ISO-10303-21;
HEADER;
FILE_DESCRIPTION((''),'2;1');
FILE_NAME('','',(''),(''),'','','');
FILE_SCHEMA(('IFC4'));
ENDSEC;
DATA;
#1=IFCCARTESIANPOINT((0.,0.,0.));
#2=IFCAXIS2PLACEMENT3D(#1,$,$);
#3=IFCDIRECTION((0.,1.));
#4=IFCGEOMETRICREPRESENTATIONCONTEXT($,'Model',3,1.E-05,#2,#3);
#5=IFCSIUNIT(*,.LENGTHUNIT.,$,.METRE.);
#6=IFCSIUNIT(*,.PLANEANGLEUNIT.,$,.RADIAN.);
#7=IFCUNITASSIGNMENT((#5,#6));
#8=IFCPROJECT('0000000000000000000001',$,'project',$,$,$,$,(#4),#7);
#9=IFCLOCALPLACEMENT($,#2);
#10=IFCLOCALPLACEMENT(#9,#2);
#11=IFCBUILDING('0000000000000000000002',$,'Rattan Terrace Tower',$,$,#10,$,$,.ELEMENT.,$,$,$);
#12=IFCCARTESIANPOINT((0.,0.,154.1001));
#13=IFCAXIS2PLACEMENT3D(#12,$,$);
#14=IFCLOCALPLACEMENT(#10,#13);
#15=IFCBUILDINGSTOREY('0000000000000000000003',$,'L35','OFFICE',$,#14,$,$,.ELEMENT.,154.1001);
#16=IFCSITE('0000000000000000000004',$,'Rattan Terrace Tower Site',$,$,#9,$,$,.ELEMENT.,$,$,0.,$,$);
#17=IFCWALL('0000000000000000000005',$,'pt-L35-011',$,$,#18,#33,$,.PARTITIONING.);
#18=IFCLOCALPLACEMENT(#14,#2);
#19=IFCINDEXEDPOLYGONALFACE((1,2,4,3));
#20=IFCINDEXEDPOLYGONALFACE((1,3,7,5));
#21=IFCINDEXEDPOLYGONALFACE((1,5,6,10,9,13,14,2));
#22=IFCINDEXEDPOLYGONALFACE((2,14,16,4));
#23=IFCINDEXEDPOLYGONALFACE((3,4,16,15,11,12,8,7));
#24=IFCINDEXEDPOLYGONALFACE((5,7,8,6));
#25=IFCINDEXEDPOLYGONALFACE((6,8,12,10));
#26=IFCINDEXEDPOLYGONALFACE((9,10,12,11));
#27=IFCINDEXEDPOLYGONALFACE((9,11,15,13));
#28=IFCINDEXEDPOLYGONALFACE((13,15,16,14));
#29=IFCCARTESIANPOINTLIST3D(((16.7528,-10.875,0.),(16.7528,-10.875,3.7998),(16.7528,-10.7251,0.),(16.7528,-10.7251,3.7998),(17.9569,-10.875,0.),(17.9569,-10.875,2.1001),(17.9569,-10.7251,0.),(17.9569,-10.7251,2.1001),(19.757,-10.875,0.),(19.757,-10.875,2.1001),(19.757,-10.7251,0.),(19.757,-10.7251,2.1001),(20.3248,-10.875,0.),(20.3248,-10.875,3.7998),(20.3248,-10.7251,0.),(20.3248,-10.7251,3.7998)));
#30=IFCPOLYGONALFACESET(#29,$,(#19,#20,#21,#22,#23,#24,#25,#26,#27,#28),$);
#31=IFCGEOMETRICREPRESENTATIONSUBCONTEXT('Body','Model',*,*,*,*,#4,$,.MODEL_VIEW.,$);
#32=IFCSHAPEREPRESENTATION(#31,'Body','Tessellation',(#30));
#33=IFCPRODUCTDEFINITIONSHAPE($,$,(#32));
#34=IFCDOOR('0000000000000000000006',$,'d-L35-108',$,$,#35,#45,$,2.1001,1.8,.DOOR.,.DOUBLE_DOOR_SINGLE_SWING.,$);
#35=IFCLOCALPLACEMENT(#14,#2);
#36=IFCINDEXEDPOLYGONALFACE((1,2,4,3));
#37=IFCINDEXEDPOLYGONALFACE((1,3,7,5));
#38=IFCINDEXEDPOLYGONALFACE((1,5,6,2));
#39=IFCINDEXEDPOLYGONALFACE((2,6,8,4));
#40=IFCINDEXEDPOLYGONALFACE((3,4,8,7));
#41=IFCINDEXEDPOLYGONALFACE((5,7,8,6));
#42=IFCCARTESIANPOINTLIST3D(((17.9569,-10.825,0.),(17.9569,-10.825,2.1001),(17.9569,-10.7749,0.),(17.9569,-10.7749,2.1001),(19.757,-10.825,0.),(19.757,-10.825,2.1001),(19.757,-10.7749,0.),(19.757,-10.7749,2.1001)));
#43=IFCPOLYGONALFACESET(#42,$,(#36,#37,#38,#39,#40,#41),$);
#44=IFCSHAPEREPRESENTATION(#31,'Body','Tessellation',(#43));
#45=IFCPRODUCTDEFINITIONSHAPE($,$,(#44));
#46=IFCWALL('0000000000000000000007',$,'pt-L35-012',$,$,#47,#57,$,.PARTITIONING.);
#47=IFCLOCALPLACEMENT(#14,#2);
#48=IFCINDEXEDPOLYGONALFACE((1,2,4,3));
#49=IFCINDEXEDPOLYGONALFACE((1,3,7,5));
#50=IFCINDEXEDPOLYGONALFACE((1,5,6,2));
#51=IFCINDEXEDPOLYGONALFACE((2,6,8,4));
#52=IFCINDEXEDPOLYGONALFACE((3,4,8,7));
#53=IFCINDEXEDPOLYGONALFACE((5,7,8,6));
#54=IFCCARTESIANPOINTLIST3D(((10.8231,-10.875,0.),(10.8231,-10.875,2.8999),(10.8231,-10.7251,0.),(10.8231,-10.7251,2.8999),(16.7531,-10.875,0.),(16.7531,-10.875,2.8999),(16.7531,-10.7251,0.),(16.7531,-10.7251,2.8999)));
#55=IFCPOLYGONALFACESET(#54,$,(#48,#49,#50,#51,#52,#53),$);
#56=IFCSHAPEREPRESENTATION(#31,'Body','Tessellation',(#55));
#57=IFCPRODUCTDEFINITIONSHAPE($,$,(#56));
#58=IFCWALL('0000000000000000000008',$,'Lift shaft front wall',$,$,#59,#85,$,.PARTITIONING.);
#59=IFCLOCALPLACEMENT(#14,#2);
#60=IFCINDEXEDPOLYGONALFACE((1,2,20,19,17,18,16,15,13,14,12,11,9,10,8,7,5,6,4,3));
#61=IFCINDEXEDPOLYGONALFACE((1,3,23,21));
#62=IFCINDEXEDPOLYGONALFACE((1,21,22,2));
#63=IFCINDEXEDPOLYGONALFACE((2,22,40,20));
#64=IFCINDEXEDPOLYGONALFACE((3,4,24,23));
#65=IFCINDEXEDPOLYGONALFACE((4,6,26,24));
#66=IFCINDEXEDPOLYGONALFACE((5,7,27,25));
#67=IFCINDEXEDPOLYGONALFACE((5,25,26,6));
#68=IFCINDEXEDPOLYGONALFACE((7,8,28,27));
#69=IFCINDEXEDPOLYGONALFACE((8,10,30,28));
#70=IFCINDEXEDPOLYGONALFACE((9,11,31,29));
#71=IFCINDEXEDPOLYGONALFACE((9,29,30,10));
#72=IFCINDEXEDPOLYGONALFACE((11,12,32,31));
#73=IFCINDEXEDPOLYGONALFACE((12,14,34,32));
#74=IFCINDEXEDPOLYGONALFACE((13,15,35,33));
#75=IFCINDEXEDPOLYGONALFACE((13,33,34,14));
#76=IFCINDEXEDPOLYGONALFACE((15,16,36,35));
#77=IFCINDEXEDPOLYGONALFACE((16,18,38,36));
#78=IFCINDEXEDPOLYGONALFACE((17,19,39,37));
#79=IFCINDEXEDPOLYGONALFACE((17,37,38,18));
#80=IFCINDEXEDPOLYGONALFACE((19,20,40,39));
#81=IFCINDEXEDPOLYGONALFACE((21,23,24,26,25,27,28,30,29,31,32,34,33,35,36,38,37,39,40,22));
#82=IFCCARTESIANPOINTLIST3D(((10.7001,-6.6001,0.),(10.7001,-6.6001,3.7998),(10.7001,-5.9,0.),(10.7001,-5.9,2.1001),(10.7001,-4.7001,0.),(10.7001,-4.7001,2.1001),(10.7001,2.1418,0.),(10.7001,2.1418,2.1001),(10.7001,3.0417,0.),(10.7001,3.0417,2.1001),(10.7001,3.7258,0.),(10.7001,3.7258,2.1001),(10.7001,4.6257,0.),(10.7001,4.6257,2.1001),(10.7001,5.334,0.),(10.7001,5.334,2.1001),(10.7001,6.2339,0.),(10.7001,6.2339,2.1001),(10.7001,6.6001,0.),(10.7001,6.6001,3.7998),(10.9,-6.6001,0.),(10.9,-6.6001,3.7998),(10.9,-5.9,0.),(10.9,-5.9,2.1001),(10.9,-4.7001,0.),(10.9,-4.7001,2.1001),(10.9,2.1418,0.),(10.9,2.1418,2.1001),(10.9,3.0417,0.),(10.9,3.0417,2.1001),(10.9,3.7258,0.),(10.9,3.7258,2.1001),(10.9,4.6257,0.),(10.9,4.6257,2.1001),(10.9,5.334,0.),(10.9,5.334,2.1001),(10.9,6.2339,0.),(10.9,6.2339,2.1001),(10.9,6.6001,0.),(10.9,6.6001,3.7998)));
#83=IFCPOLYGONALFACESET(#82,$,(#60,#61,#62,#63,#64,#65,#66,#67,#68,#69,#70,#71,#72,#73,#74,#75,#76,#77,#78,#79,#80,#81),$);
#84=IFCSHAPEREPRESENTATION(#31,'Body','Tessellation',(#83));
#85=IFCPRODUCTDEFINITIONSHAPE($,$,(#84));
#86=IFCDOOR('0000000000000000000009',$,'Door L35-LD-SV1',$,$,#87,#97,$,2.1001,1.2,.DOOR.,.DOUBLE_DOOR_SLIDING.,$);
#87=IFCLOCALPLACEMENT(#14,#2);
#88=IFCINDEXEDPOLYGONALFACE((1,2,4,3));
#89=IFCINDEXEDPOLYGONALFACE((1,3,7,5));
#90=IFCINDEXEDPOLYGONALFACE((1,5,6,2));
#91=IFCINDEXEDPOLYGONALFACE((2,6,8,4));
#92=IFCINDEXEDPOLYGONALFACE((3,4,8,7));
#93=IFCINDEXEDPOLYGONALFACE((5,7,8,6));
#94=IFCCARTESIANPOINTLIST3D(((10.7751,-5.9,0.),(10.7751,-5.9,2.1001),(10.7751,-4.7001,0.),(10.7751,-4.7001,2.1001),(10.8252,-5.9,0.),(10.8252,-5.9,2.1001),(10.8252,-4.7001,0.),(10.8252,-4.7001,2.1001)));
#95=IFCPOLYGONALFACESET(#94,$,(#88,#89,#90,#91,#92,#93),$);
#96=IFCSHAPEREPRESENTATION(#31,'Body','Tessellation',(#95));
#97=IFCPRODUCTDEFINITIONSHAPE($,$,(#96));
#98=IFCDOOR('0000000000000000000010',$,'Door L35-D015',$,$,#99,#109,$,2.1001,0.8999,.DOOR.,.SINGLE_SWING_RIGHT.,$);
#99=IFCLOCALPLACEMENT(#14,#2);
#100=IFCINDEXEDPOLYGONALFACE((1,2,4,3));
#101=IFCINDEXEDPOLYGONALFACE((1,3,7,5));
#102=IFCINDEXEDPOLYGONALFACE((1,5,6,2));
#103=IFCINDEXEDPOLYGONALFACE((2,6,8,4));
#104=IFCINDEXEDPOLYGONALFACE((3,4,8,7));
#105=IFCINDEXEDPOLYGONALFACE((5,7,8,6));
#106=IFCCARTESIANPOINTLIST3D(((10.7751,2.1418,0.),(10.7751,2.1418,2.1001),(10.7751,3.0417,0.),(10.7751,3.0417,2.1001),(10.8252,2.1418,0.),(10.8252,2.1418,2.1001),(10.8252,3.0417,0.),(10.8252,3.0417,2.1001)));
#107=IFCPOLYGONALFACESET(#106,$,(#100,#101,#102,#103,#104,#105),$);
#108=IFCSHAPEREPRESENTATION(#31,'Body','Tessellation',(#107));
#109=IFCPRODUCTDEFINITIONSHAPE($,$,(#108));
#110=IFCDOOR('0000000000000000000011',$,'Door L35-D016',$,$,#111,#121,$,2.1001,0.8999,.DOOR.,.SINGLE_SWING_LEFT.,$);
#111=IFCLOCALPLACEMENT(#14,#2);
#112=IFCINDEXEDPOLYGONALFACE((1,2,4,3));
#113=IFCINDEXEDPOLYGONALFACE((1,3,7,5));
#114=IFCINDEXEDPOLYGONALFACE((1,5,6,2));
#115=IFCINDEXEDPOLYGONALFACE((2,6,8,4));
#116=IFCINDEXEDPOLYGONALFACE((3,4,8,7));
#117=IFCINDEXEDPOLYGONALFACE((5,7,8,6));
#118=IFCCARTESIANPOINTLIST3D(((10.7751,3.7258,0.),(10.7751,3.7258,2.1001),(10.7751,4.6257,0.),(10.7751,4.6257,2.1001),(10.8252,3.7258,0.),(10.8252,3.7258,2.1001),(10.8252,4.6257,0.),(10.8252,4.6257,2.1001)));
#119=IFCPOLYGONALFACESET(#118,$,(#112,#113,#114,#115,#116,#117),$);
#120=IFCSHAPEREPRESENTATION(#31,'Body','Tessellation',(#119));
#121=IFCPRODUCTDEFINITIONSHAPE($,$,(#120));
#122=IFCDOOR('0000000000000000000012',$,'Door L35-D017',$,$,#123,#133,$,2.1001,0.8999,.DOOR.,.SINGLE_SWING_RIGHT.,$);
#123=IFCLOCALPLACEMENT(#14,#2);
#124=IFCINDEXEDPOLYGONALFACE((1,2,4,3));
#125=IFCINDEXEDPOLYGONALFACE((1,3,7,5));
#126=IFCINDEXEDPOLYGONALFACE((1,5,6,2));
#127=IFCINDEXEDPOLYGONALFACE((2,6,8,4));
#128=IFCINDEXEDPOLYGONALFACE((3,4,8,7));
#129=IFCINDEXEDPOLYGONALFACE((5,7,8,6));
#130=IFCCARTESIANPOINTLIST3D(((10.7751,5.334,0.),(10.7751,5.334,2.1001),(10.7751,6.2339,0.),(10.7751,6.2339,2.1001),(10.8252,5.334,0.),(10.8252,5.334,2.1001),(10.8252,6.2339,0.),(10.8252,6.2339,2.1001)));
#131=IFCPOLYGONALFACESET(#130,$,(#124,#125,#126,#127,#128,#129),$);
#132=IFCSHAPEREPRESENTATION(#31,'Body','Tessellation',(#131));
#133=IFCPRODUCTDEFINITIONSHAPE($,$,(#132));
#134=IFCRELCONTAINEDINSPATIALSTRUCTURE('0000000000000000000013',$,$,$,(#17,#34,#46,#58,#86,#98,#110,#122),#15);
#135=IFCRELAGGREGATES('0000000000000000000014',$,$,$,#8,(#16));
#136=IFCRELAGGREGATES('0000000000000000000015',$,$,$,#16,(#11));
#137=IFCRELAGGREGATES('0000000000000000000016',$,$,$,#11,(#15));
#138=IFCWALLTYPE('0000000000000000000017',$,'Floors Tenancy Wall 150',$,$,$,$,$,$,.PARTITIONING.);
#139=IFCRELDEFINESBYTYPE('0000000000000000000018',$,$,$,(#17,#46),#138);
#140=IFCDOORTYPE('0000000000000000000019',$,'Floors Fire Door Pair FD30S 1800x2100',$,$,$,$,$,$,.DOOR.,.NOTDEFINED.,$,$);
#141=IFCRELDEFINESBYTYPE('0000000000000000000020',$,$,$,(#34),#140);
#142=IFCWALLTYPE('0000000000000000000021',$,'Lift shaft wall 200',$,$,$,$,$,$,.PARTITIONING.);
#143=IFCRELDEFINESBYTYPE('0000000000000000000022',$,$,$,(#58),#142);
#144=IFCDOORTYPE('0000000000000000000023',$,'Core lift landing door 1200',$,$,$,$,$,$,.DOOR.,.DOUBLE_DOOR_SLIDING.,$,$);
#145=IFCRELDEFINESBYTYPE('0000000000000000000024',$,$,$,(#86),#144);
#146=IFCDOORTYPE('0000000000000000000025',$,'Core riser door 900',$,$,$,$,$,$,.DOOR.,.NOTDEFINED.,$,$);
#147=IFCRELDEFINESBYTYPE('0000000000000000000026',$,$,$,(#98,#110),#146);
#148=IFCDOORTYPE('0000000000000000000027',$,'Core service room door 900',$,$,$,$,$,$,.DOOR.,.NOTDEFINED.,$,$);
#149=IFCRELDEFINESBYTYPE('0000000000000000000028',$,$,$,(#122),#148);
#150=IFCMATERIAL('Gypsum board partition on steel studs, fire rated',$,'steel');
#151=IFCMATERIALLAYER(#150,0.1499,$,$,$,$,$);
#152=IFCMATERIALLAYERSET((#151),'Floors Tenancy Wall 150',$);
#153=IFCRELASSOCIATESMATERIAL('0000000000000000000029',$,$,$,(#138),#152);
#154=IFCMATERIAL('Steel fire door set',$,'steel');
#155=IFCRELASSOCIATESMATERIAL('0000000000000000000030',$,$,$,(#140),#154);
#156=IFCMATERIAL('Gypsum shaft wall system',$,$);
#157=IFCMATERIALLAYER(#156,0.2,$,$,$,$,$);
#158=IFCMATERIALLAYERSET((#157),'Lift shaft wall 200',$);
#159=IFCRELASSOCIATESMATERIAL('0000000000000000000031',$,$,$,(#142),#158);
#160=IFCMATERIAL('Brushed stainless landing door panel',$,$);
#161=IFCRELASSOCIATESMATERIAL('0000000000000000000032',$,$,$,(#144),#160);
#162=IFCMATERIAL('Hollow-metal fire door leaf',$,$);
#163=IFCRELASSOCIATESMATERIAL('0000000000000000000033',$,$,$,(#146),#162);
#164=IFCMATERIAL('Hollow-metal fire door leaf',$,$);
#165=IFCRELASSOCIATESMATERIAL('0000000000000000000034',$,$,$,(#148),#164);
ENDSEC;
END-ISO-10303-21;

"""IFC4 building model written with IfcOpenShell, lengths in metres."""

from ifc_helpers import new_model, si_unit, direction, frame, frame_2d, origin, place, context, subcontext, project, spatial, rectangle, extrude, material, layer, layer_set, type_object, element, fill, save


model = new_model("IFC4")

# Units and contexts
model_context = context("Model", 3, precision=1e-05, world=origin(), true_north=direction((0.0, 1.0)))
body_context = subcontext(model_context, "Body", "Model", "MODEL_VIEW")
ifc_project = project(units=[si_unit("LENGTHUNIT", "METRE"), si_unit("PLANEANGLEUNIT", "RADIAN")], contexts=[model_context])

# Site, building, storey
site_placement = place(None, origin())
site = spatial("IfcSite", under=ifc_project, at=site_placement, Name="Rattan Terrace Tower Site", CompositionType="ELEMENT", RefElevation=0.0)
building_placement = place(site_placement, origin())
building = spatial("IfcBuilding", under=site, at=building_placement, Name="Rattan Terrace Tower", CompositionType="ELEMENT")
storey_placement = place(building_placement, frame((0.0, 0.0, 154.1001)))
storey = spatial("IfcBuildingStorey", under=building, at=storey_placement, Name="L35", Description="OFFICE", CompositionType="ELEMENT", Elevation=154.1001)

# Wall, opening, door
ifc_material_1 = material(Name="Gypsum board partition on steel studs, fire rated", Category="steel")
ifc_layer_1 = layer(ifc_material_1, 0.1499)
ifc_layer_set_1 = layer_set([ifc_layer_1], Name="Floors Tenancy Wall 150")
wall_type_1 = type_object("IfcWallType", Name="Floors Tenancy Wall 150", PredefinedType="PARTITIONING", material=ifc_layer_set_1)
wall_1_placement = place(storey_placement, frame((20.325, -10.8, 0.0), z_axis=(0.0, 0.0, 1.0), x_axis=(-1.0, 0.0, 0.0)))
wall_1 = element("IfcWall", 1, at=wall_1_placement, inside=storey, type_object=wall_type_1, Name="pt-L35-011", PredefinedType="PARTITIONING", context=body_context, shape_type="SweptSolid", body=[
    extrude(rectangle(XDim=3.572, YDim=0.1499, at=frame_2d((1.7861, 0.0))), origin(), (0.0, 0.0, 1.0), 3.7998),
])
opening_1_placement = place(wall_1_placement, frame((0.5681, 0.0, 0.0)))
opening_1 = element("IfcOpeningElement", 2, at=opening_1_placement, cuts=wall_1, PredefinedType="OPENING", context=body_context, shape_type="SweptSolid", body=[
    extrude(rectangle(XDim=1.8, YDim=2.1001, at=frame_2d((0.8999, 1.05))), frame((0.0, 0.0854, 0.0), z_axis=(0.0, -1.0, 0.0), x_axis=(1.0, 0.0, 0.0)), (0.0, 0.0, 1.0), 0.1709),
])
ifc_material_2 = material(Name="Steel fire door set", Category="steel")
door_type_1 = type_object("IfcDoorType", Name="Floors Fire Door Pair FD30S 1800x2100", OperationType="NOTDEFINED", PredefinedType="DOOR", material=ifc_material_2)
door_1_placement = place(opening_1_placement, origin())
door_1 = element("IfcDoor", 3, at=door_1_placement, inside=storey, type_object=door_type_1, Name="d-L35-108", OperationType="DOUBLE_DOOR_SINGLE_SWING", OverallHeight=2.1001, OverallWidth=1.8, PredefinedType="DOOR", context=body_context, shape_type="SweptSolid", body=[
    extrude(rectangle(XDim=1.8, YDim=2.1001, at=frame_2d((0.8999, 1.05))), frame((0.0, 0.0249, 0.0), z_axis=(0.0, -1.0, 0.0), x_axis=(1.0, 0.0, 0.0)), (0.0, 0.0, 1.0), 0.05),
])
fill(opening_1, door_1)

# Wall
wall_2_placement = place(storey_placement, frame((16.7529, -10.8, 0.0), z_axis=(0.0, 0.0, 1.0), x_axis=(-1.0, 0.0, 0.0)))
element("IfcWall", 4, at=wall_2_placement, inside=storey, type_object=wall_type_1, Name="pt-L35-012", PredefinedType="PARTITIONING", context=body_context, shape_type="SweptSolid", body=[
    extrude(rectangle(XDim=5.9299, YDim=0.1499, at=frame_2d((2.9648, 0.0))), origin(), (0.0, 0.0, 1.0), 2.8999),
])

# Wall, openings, doors
ifc_material_3 = material(Name="Gypsum shaft wall system")
ifc_layer_2 = layer(ifc_material_3, 0.2)
ifc_layer_set_2 = layer_set([ifc_layer_2], Name="Lift shaft wall 200")
wall_type_2 = type_object("IfcWallType", Name="Lift shaft wall 200", PredefinedType="PARTITIONING", material=ifc_layer_set_2)
wall_3_placement = place(storey_placement, frame((10.8, -6.6001, 0.0), z_axis=(0.0, 0.0, 1.0), x_axis=(0.0, 1.0, 0.0)))
wall_3 = element("IfcWall", 5, at=wall_3_placement, inside=storey, type_object=wall_type_2, Name="Lift shaft front wall", PredefinedType="PARTITIONING", context=body_context, shape_type="SweptSolid", body=[
    extrude(rectangle(XDim=13.2002, YDim=0.2, at=frame_2d((6.6001, 0.0))), origin(), (0.0, 0.0, 1.0), 3.7998),
])
opening_2_placement = place(wall_3_placement, frame((0.7, 0.0, 0.0)))
opening_2 = element("IfcOpeningElement", 6, at=opening_2_placement, cuts=wall_3, PredefinedType="OPENING", context=body_context, shape_type="SweptSolid", body=[
    extrude(rectangle(XDim=1.2, YDim=2.1001, at=frame_2d((0.6001, 1.05))), frame((0.0, 0.1106, 0.0), z_axis=(0.0, -1.0, 0.0), x_axis=(1.0, 0.0, 0.0)), (0.0, 0.0, 1.0), 0.2209),
])
opening_3_placement = place(wall_3_placement, frame((8.7419, 0.0, 0.0)))
opening_3 = element("IfcOpeningElement", 7, at=opening_3_placement, cuts=wall_3, PredefinedType="OPENING", context=body_context, shape_type="SweptSolid", body=[
    extrude(rectangle(XDim=0.8999, YDim=2.1001, at=frame_2d((0.45, 1.05))), frame((0.0, 0.1106, 0.0), z_axis=(0.0, -1.0, 0.0), x_axis=(1.0, 0.0, 0.0)), (0.0, 0.0, 1.0), 0.2209),
])
opening_4_placement = place(wall_3_placement, frame((10.3259, 0.0, 0.0)))
opening_4 = element("IfcOpeningElement", 8, at=opening_4_placement, cuts=wall_3, PredefinedType="OPENING", context=body_context, shape_type="SweptSolid", body=[
    extrude(rectangle(XDim=0.8999, YDim=2.1001, at=frame_2d((0.45, 1.05))), frame((0.0, 0.1106, 0.0), z_axis=(0.0, -1.0, 0.0), x_axis=(1.0, 0.0, 0.0)), (0.0, 0.0, 1.0), 0.2209),
])
opening_5_placement = place(wall_3_placement, frame((11.9341, 0.0, 0.0)))
opening_5 = element("IfcOpeningElement", 9, at=opening_5_placement, cuts=wall_3, PredefinedType="OPENING", context=body_context, shape_type="SweptSolid", body=[
    extrude(rectangle(XDim=0.8999, YDim=2.1001, at=frame_2d((0.45, 1.05))), frame((0.0, 0.1106, 0.0), z_axis=(0.0, -1.0, 0.0), x_axis=(1.0, 0.0, 0.0)), (0.0, 0.0, 1.0), 0.2209),
])
ifc_material_4 = material(Name="Brushed stainless landing door panel")
door_type_2 = type_object("IfcDoorType", Name="Core lift landing door 1200", OperationType="DOUBLE_DOOR_SLIDING", PredefinedType="DOOR", material=ifc_material_4)
door_2_placement = place(opening_2_placement, origin())
door_2 = element("IfcDoor", 10, at=door_2_placement, inside=storey, type_object=door_type_2, Name="Door L35-LD-SV1", OperationType="DOUBLE_DOOR_SLIDING", OverallHeight=2.1001, OverallWidth=1.2, PredefinedType="DOOR", context=body_context, shape_type="SweptSolid", body=[
    extrude(rectangle(XDim=1.2, YDim=2.1001, at=frame_2d((0.6001, 1.05))), frame((0.0, 0.0249, 0.0), z_axis=(0.0, -1.0, 0.0), x_axis=(1.0, 0.0, 0.0)), (0.0, 0.0, 1.0), 0.05),
])
fill(opening_2, door_2)
ifc_material_5 = material(Name="Hollow-metal fire door leaf")
door_type_3 = type_object("IfcDoorType", Name="Core riser door 900", OperationType="NOTDEFINED", PredefinedType="DOOR", material=ifc_material_5)
door_3_placement = place(opening_3_placement, origin())
door_3 = element("IfcDoor", 11, at=door_3_placement, inside=storey, type_object=door_type_3, Name="Door L35-D015", OperationType="SINGLE_SWING_RIGHT", OverallHeight=2.1001, OverallWidth=0.8999, PredefinedType="DOOR", context=body_context, shape_type="SweptSolid", body=[
    extrude(rectangle(XDim=0.8999, YDim=2.1001, at=frame_2d((0.45, 1.05))), frame((0.0, 0.0249, 0.0), z_axis=(0.0, -1.0, 0.0), x_axis=(1.0, 0.0, 0.0)), (0.0, 0.0, 1.0), 0.05),
])
fill(opening_3, door_3)
door_4_placement = place(opening_4_placement, origin())
door_4 = element("IfcDoor", 12, at=door_4_placement, inside=storey, type_object=door_type_3, Name="Door L35-D016", OperationType="SINGLE_SWING_LEFT", OverallHeight=2.1001, OverallWidth=0.8999, PredefinedType="DOOR", context=body_context, shape_type="SweptSolid", body=[
    extrude(rectangle(XDim=0.8999, YDim=2.1001, at=frame_2d((0.45, 1.05))), frame((0.0, 0.0249, 0.0), z_axis=(0.0, -1.0, 0.0), x_axis=(1.0, 0.0, 0.0)), (0.0, 0.0, 1.0), 0.05),
])
fill(opening_4, door_4)
ifc_material_6 = material(Name="Hollow-metal fire door leaf")
door_type_4 = type_object("IfcDoorType", Name="Core service room door 900", OperationType="NOTDEFINED", PredefinedType="DOOR", material=ifc_material_6)
door_5_placement = place(opening_5_placement, origin())
door_5 = element("IfcDoor", 13, at=door_5_placement, inside=storey, type_object=door_type_4, Name="Door L35-D017", OperationType="SINGLE_SWING_RIGHT", OverallHeight=2.1001, OverallWidth=0.8999, PredefinedType="DOOR", context=body_context, shape_type="SweptSolid", body=[
    extrude(rectangle(XDim=0.8999, YDim=2.1001, at=frame_2d((0.45, 1.05))), frame((0.0, 0.0249, 0.0), z_axis=(0.0, -1.0, 0.0), x_axis=(1.0, 0.0, 0.0)), (0.0, 0.0, 1.0), 0.05),
])
fill(opening_5, door_5)

save(model, "model.ifc")
